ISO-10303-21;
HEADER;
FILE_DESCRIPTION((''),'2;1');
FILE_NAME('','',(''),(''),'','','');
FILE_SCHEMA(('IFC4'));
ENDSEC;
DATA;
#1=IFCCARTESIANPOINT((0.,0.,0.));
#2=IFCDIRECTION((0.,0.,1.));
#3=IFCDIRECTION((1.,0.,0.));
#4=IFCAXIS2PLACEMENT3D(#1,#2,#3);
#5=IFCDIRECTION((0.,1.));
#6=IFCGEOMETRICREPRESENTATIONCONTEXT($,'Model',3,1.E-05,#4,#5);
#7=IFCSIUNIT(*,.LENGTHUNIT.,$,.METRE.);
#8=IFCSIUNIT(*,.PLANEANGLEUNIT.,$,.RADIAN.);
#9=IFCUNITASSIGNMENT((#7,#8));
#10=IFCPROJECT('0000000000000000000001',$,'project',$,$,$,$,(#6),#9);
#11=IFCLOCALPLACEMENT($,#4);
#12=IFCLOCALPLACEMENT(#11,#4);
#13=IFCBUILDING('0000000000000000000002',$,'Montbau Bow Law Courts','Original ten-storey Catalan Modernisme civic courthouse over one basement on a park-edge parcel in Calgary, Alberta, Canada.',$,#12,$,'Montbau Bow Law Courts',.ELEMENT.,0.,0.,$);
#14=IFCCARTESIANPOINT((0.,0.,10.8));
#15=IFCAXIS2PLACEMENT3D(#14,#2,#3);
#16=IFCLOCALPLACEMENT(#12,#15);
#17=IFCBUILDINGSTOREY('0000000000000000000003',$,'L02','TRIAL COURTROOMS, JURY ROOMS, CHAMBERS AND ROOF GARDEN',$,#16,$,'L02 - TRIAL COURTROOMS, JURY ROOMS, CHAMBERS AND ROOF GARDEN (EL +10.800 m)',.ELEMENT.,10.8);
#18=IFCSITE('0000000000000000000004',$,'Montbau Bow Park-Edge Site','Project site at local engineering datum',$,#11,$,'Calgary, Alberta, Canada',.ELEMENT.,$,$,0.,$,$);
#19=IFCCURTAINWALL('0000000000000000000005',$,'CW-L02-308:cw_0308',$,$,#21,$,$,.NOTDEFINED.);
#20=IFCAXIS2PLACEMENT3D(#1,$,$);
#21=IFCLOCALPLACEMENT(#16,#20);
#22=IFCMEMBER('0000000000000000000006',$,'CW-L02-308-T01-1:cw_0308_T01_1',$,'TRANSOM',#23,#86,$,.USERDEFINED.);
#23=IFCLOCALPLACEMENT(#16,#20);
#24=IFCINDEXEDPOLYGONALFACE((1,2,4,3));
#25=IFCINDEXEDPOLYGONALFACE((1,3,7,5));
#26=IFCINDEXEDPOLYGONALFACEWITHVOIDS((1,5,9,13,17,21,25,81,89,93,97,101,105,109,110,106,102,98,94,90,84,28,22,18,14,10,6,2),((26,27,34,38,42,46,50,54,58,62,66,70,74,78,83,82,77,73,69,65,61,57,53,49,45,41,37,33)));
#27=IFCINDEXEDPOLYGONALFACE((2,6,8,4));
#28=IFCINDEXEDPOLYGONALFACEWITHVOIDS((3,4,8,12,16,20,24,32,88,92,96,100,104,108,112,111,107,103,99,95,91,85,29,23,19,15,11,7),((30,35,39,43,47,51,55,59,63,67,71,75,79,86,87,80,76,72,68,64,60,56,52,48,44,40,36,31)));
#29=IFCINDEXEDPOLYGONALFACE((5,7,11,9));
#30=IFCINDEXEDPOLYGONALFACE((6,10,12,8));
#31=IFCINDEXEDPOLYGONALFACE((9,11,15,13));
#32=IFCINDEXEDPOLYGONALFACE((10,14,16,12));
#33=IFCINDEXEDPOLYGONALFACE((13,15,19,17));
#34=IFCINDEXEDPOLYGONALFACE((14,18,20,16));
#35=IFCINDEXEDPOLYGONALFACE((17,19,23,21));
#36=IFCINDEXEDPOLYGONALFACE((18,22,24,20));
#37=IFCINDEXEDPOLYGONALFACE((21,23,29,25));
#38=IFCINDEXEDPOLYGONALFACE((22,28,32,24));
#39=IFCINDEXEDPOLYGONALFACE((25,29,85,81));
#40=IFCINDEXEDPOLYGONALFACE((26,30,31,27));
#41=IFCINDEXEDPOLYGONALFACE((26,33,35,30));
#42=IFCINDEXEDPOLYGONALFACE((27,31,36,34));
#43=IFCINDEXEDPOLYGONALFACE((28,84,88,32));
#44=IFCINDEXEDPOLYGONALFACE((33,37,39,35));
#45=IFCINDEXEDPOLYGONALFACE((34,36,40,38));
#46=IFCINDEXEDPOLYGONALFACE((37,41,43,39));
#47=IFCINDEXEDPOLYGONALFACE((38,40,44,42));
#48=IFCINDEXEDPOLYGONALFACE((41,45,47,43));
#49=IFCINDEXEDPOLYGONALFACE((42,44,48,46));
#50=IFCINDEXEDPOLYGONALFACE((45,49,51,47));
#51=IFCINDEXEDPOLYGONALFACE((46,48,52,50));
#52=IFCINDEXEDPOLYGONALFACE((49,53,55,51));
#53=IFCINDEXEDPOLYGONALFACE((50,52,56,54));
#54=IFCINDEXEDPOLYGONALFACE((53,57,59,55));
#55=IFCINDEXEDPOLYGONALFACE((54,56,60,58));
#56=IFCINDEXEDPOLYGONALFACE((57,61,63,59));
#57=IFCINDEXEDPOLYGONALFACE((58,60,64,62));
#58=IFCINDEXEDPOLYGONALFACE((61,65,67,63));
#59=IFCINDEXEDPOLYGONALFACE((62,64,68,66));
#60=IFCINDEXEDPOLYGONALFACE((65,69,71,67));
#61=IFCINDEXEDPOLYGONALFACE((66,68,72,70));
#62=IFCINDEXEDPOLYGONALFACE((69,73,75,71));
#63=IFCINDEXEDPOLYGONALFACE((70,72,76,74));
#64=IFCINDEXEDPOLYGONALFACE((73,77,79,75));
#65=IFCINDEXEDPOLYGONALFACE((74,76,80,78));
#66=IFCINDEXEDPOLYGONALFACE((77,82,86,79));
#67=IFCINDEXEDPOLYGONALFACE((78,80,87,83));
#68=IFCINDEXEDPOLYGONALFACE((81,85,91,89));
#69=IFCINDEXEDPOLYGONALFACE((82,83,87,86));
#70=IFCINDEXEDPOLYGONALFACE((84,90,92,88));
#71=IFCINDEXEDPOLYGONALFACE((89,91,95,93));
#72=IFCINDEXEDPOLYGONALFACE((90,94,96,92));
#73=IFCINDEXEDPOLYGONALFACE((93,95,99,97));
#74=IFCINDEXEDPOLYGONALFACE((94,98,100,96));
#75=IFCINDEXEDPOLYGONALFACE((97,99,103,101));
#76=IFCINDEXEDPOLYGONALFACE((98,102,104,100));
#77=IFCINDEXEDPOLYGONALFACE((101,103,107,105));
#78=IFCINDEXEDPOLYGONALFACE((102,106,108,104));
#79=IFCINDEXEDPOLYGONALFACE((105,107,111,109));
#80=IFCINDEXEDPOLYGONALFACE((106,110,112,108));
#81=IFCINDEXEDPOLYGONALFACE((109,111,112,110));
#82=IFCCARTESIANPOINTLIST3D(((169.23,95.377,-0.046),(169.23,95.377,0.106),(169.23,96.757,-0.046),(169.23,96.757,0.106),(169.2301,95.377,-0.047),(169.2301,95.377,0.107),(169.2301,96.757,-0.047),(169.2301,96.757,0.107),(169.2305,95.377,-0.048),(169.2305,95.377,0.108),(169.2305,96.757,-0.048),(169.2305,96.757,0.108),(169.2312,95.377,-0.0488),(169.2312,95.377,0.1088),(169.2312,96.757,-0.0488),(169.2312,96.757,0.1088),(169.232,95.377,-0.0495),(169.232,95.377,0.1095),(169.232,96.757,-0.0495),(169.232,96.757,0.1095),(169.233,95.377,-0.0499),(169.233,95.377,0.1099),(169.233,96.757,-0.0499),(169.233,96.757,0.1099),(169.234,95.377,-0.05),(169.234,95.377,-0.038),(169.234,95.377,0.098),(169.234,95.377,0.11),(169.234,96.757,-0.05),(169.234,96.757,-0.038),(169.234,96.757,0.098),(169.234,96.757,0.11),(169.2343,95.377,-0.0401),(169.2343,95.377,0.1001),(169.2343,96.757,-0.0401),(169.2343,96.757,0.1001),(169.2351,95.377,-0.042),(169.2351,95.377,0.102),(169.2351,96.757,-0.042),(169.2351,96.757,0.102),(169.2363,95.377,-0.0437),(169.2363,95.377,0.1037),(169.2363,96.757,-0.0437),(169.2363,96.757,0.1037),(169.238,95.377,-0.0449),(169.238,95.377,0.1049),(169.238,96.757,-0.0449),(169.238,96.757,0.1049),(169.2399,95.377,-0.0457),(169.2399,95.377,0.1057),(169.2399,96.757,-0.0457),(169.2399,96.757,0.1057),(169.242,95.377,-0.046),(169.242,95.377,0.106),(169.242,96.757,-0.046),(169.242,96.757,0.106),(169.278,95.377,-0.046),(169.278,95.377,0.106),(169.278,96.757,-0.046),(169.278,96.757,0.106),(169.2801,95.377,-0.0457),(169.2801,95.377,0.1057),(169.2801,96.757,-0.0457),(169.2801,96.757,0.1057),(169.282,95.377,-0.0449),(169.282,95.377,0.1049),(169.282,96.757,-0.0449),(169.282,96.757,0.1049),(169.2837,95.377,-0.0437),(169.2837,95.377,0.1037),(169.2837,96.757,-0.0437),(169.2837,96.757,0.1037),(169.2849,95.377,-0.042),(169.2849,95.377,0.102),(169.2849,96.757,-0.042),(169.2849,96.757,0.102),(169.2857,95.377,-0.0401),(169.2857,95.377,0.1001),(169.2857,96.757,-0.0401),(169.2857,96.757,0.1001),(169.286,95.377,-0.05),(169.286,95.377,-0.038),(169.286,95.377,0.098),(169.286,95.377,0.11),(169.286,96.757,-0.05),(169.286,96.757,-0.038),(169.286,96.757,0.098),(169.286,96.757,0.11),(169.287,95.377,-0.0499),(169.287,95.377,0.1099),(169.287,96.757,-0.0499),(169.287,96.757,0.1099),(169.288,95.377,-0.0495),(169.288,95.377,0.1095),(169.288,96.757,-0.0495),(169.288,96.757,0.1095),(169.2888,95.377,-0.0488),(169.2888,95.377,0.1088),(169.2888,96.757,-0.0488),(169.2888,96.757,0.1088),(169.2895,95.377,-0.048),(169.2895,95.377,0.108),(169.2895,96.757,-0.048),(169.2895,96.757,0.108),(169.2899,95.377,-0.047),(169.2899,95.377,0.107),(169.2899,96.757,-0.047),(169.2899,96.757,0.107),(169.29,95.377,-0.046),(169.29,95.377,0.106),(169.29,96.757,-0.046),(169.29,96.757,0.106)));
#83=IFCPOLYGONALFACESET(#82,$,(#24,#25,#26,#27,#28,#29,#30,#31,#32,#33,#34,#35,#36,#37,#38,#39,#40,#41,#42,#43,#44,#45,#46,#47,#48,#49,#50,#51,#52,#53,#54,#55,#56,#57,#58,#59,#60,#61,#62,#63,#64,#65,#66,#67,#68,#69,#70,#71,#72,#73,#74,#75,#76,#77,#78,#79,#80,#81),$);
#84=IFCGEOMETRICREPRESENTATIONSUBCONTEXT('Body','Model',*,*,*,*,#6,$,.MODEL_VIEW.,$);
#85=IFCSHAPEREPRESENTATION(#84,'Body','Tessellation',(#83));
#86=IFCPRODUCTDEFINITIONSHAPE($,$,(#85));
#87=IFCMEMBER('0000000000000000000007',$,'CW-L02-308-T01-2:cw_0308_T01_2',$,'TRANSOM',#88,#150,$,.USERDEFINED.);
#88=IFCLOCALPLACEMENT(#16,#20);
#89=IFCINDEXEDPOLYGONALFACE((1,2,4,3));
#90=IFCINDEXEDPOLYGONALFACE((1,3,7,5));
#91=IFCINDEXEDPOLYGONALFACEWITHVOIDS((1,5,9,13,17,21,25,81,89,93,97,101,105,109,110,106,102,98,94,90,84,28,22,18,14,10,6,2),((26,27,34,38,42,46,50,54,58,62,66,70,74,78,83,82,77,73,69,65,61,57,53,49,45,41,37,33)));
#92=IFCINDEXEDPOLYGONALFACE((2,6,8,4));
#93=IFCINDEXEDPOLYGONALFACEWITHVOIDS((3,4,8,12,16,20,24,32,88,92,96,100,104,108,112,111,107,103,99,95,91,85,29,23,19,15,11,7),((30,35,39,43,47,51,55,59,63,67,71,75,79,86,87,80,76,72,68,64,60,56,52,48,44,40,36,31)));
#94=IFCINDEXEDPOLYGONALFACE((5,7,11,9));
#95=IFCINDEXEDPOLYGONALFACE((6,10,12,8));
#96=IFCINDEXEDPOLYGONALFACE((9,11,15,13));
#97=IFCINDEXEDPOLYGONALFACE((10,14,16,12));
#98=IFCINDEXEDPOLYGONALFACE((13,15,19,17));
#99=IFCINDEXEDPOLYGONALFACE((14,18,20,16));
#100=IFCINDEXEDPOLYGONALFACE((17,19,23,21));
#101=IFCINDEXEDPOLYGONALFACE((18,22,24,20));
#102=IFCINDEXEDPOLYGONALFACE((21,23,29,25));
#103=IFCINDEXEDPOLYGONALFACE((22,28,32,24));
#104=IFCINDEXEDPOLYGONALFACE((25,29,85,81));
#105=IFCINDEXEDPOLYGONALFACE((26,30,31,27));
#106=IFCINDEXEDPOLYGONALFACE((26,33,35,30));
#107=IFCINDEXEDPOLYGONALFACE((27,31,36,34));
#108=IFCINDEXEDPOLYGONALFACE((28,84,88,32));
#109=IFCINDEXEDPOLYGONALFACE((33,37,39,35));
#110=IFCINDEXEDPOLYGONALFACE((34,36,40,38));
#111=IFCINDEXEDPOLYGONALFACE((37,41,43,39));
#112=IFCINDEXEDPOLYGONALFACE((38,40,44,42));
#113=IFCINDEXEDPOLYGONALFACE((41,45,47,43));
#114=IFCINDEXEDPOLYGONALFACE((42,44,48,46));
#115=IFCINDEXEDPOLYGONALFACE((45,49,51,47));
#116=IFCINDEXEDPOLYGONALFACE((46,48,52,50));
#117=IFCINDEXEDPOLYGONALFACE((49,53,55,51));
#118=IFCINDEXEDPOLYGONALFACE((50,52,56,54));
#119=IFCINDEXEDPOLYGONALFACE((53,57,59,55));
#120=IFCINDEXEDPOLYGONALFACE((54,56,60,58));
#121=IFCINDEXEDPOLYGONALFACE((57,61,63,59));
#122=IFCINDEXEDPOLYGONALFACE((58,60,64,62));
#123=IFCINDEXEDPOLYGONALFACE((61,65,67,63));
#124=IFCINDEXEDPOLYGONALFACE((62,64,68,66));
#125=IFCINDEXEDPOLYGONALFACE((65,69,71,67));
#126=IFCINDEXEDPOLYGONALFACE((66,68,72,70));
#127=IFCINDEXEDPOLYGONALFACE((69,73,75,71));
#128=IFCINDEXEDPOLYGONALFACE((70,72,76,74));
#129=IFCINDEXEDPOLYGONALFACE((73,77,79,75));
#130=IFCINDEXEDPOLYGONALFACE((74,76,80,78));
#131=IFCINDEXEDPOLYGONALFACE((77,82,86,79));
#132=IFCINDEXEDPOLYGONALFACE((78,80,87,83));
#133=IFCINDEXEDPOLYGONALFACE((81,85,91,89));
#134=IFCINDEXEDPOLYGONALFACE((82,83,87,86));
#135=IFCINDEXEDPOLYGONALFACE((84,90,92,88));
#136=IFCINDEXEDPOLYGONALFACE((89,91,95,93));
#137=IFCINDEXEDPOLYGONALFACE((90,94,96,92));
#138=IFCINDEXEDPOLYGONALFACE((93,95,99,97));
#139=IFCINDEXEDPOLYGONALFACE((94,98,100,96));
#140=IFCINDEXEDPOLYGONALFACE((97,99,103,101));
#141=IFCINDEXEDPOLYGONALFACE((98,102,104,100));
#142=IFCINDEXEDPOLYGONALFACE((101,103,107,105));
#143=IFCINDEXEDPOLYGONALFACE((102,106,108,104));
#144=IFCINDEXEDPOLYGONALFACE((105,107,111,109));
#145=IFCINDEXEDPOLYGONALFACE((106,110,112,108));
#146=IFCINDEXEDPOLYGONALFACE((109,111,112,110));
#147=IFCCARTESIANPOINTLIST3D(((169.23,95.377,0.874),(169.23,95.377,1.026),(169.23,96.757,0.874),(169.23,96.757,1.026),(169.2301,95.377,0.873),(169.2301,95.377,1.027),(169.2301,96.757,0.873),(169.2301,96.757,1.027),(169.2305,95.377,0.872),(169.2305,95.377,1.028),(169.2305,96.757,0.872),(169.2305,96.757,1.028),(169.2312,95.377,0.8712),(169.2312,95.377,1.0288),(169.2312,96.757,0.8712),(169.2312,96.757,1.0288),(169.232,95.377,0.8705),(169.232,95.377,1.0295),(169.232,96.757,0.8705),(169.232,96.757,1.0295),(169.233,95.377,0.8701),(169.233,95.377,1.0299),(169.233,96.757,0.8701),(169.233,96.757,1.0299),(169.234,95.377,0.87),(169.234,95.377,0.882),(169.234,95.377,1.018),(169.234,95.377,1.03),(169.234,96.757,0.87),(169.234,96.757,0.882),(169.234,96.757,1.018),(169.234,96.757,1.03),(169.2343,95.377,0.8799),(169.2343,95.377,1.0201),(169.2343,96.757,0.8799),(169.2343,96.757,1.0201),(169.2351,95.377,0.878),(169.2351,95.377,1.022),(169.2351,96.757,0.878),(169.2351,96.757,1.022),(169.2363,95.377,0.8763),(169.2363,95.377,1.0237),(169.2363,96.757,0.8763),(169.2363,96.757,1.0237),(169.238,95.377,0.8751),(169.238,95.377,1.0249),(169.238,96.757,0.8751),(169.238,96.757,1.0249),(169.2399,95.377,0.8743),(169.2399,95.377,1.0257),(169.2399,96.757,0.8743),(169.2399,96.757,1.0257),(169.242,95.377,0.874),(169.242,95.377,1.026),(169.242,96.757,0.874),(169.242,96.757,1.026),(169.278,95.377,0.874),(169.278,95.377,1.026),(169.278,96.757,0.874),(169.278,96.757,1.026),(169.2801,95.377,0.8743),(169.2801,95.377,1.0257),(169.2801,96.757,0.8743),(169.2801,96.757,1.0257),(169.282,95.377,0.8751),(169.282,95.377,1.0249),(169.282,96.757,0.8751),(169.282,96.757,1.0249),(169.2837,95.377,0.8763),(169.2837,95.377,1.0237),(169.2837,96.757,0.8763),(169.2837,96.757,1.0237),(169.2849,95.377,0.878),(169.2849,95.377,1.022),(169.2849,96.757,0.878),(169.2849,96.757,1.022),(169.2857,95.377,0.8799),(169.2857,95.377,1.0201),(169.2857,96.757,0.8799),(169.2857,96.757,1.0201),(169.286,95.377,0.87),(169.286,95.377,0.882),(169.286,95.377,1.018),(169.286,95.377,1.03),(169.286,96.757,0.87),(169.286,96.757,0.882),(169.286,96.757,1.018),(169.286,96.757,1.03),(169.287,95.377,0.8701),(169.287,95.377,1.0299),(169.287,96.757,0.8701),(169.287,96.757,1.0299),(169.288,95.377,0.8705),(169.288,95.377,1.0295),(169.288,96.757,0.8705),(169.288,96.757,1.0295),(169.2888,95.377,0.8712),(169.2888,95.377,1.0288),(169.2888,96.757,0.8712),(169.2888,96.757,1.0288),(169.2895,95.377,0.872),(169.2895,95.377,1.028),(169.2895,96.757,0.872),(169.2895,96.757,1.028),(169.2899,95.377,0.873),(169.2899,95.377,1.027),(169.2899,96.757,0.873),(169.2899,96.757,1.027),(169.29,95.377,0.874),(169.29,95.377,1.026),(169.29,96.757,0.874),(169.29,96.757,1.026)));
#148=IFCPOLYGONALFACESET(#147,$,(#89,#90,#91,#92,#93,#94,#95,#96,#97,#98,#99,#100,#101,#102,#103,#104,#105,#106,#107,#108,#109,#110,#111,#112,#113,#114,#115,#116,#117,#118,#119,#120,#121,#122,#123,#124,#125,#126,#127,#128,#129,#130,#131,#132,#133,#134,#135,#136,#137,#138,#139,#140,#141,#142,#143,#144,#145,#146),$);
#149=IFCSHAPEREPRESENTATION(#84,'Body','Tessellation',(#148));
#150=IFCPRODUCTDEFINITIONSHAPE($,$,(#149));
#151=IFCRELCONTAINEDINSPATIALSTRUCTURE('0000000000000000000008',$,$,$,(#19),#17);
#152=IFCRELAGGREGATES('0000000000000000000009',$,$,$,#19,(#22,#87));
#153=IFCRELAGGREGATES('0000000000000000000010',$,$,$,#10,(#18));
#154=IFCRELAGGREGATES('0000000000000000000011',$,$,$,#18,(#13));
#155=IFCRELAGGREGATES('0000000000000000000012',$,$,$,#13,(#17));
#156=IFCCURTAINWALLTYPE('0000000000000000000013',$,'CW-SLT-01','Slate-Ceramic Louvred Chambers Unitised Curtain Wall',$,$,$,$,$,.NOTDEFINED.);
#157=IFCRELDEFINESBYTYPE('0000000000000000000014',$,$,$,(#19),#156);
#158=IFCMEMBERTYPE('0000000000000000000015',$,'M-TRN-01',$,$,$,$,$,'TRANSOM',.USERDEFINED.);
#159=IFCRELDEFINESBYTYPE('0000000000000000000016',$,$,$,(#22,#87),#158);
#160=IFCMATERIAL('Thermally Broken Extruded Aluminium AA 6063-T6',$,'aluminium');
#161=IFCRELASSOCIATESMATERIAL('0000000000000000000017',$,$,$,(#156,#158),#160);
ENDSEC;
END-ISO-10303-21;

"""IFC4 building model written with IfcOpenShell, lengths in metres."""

from ifc_helpers import new_model, si_unit, direction, frame, origin_with_axes, origin_2d_with_axis, place, context, subcontext, project, spatial, hollow_rectangle, extrude, material, material_profile, profile_set, type_object, element, aggregate, save


model = new_model("IFC4")

# Units and contexts
model_context = context("Model", 3, precision=1e-05, world=origin_with_axes(), true_north=direction((0.0, 1.0)))
body_context = subcontext(model_context, "Body", "Model", "MODEL_VIEW")
ifc_project = project(units=[si_unit("LENGTHUNIT", "METRE"), si_unit("PLANEANGLEUNIT", "RADIAN")], contexts=[model_context])

# Site, building, storey
site_placement = place(None, origin_with_axes())
site = spatial("IfcSite", under=ifc_project, at=site_placement, Name="Montbau Bow Park-Edge Site", Description="Project site at local engineering datum", LongName="Calgary, Alberta, Canada", CompositionType="ELEMENT", RefElevation=0.0)
building_placement = place(site_placement, origin_with_axes())
building = spatial("IfcBuilding", under=site, at=building_placement, Name="Montbau Bow Law Courts", Description="Original ten-storey Catalan Modernisme civic courthouse over one basement on a park-edge parcel in Calgary, Alberta, Canada.", LongName="Montbau Bow Law Courts", CompositionType="ELEMENT", ElevationOfRefHeight=0.0, ElevationOfTerrain=0.0)
storey_placement = place(building_placement, frame((0.0, 0.0, 10.8), z_axis=(0.0, 0.0, 1.0), x_axis=(1.0, 0.0, 0.0)))
storey = spatial("IfcBuildingStorey", under=building, at=storey_placement, Name="L02", Description="TRIAL COURTROOMS, JURY ROOMS, CHAMBERS AND ROOF GARDEN", LongName="L02 - TRIAL COURTROOMS, JURY ROOMS, CHAMBERS AND ROOF GARDEN (EL +10.800 m)", CompositionType="ELEMENT", Elevation=10.8)

# Curtain wall, members
ifc_material_1 = material(Name="Thermally Broken Extruded Aluminium AA 6063-T6", Category="aluminium")
curtain_wall_type = type_object("IfcCurtainWallType", Name="CW-SLT-01", Description="Slate-Ceramic Louvred Chambers Unitised Curtain Wall", PredefinedType="NOTDEFINED", material=ifc_material_1)
curtain_wall_1_placement = place(None, frame((169.26, 95.315, 10.8), z_axis=(0.0, 0.0, 1.0), x_axis=(1.0, 0.0, 0.0)))
curtain_wall_1 = element("IfcCurtainWall", 1, at=curtain_wall_1_placement, inside=storey, type_object=curtain_wall_type, Name="CW-L02-308:cw_0308", PredefinedType="NOTDEFINED")
ifc_material_profile_1 = material_profile(ifc_material_1, hollow_rectangle(XDim=0.06, YDim=0.16, WallThickness=0.004, InnerFilletRadius=0.008, OuterFilletRadius=0.004, at=origin_2d_with_axis()), Name="CWT-160X60", Category="Main", Priority=0)
ifc_profile_set_1 = profile_set([ifc_material_profile_1], Name="Thermally Broken Extruded Aluminium AA 6063-T6")
member_type_1 = type_object("IfcMemberType", Name="M-TRN-01", ElementType="TRANSOM", PredefinedType="USERDEFINED", material=ifc_profile_set_1)
member_1_placement = place(None, frame((169.26, 95.377, 10.83), z_axis=(0.0, 1.0, 0.0), x_axis=(-1.0, 0.0, 0.0)))
member_1 = element("IfcMember", 2, at=member_1_placement, type_object=member_type_1, Name="CW-L02-308-T01-1:cw_0308_T01_1", ObjectType="TRANSOM", PredefinedType="USERDEFINED", context=body_context, shape_type="SweptSolid", body=[
    extrude(hollow_rectangle(XDim=0.06, YDim=0.16, WallThickness=0.004, InnerFilletRadius=0.008, OuterFilletRadius=0.004, at=origin_2d_with_axis()), origin_with_axes(), (0.0, 0.0, 1.0), 1.38),
])
member_2_placement = place(None, frame((169.26, 95.377, 11.75), z_axis=(0.0, 1.0, 0.0), x_axis=(-1.0, 0.0, 0.0)))
member_2 = element("IfcMember", 3, at=member_2_placement, type_object=member_type_1, Name="CW-L02-308-T01-2:cw_0308_T01_2", ObjectType="TRANSOM", PredefinedType="USERDEFINED", context=body_context, shape_type="SweptSolid", body=[
    extrude(hollow_rectangle(XDim=0.06, YDim=0.16, WallThickness=0.004, InnerFilletRadius=0.008, OuterFilletRadius=0.004, at=origin_2d_with_axis()), origin_with_axes(), (0.0, 0.0, 1.0), 1.38),
])

aggregate(curtain_wall_1, [member_1, member_2])

save(model, "model.ifc")
